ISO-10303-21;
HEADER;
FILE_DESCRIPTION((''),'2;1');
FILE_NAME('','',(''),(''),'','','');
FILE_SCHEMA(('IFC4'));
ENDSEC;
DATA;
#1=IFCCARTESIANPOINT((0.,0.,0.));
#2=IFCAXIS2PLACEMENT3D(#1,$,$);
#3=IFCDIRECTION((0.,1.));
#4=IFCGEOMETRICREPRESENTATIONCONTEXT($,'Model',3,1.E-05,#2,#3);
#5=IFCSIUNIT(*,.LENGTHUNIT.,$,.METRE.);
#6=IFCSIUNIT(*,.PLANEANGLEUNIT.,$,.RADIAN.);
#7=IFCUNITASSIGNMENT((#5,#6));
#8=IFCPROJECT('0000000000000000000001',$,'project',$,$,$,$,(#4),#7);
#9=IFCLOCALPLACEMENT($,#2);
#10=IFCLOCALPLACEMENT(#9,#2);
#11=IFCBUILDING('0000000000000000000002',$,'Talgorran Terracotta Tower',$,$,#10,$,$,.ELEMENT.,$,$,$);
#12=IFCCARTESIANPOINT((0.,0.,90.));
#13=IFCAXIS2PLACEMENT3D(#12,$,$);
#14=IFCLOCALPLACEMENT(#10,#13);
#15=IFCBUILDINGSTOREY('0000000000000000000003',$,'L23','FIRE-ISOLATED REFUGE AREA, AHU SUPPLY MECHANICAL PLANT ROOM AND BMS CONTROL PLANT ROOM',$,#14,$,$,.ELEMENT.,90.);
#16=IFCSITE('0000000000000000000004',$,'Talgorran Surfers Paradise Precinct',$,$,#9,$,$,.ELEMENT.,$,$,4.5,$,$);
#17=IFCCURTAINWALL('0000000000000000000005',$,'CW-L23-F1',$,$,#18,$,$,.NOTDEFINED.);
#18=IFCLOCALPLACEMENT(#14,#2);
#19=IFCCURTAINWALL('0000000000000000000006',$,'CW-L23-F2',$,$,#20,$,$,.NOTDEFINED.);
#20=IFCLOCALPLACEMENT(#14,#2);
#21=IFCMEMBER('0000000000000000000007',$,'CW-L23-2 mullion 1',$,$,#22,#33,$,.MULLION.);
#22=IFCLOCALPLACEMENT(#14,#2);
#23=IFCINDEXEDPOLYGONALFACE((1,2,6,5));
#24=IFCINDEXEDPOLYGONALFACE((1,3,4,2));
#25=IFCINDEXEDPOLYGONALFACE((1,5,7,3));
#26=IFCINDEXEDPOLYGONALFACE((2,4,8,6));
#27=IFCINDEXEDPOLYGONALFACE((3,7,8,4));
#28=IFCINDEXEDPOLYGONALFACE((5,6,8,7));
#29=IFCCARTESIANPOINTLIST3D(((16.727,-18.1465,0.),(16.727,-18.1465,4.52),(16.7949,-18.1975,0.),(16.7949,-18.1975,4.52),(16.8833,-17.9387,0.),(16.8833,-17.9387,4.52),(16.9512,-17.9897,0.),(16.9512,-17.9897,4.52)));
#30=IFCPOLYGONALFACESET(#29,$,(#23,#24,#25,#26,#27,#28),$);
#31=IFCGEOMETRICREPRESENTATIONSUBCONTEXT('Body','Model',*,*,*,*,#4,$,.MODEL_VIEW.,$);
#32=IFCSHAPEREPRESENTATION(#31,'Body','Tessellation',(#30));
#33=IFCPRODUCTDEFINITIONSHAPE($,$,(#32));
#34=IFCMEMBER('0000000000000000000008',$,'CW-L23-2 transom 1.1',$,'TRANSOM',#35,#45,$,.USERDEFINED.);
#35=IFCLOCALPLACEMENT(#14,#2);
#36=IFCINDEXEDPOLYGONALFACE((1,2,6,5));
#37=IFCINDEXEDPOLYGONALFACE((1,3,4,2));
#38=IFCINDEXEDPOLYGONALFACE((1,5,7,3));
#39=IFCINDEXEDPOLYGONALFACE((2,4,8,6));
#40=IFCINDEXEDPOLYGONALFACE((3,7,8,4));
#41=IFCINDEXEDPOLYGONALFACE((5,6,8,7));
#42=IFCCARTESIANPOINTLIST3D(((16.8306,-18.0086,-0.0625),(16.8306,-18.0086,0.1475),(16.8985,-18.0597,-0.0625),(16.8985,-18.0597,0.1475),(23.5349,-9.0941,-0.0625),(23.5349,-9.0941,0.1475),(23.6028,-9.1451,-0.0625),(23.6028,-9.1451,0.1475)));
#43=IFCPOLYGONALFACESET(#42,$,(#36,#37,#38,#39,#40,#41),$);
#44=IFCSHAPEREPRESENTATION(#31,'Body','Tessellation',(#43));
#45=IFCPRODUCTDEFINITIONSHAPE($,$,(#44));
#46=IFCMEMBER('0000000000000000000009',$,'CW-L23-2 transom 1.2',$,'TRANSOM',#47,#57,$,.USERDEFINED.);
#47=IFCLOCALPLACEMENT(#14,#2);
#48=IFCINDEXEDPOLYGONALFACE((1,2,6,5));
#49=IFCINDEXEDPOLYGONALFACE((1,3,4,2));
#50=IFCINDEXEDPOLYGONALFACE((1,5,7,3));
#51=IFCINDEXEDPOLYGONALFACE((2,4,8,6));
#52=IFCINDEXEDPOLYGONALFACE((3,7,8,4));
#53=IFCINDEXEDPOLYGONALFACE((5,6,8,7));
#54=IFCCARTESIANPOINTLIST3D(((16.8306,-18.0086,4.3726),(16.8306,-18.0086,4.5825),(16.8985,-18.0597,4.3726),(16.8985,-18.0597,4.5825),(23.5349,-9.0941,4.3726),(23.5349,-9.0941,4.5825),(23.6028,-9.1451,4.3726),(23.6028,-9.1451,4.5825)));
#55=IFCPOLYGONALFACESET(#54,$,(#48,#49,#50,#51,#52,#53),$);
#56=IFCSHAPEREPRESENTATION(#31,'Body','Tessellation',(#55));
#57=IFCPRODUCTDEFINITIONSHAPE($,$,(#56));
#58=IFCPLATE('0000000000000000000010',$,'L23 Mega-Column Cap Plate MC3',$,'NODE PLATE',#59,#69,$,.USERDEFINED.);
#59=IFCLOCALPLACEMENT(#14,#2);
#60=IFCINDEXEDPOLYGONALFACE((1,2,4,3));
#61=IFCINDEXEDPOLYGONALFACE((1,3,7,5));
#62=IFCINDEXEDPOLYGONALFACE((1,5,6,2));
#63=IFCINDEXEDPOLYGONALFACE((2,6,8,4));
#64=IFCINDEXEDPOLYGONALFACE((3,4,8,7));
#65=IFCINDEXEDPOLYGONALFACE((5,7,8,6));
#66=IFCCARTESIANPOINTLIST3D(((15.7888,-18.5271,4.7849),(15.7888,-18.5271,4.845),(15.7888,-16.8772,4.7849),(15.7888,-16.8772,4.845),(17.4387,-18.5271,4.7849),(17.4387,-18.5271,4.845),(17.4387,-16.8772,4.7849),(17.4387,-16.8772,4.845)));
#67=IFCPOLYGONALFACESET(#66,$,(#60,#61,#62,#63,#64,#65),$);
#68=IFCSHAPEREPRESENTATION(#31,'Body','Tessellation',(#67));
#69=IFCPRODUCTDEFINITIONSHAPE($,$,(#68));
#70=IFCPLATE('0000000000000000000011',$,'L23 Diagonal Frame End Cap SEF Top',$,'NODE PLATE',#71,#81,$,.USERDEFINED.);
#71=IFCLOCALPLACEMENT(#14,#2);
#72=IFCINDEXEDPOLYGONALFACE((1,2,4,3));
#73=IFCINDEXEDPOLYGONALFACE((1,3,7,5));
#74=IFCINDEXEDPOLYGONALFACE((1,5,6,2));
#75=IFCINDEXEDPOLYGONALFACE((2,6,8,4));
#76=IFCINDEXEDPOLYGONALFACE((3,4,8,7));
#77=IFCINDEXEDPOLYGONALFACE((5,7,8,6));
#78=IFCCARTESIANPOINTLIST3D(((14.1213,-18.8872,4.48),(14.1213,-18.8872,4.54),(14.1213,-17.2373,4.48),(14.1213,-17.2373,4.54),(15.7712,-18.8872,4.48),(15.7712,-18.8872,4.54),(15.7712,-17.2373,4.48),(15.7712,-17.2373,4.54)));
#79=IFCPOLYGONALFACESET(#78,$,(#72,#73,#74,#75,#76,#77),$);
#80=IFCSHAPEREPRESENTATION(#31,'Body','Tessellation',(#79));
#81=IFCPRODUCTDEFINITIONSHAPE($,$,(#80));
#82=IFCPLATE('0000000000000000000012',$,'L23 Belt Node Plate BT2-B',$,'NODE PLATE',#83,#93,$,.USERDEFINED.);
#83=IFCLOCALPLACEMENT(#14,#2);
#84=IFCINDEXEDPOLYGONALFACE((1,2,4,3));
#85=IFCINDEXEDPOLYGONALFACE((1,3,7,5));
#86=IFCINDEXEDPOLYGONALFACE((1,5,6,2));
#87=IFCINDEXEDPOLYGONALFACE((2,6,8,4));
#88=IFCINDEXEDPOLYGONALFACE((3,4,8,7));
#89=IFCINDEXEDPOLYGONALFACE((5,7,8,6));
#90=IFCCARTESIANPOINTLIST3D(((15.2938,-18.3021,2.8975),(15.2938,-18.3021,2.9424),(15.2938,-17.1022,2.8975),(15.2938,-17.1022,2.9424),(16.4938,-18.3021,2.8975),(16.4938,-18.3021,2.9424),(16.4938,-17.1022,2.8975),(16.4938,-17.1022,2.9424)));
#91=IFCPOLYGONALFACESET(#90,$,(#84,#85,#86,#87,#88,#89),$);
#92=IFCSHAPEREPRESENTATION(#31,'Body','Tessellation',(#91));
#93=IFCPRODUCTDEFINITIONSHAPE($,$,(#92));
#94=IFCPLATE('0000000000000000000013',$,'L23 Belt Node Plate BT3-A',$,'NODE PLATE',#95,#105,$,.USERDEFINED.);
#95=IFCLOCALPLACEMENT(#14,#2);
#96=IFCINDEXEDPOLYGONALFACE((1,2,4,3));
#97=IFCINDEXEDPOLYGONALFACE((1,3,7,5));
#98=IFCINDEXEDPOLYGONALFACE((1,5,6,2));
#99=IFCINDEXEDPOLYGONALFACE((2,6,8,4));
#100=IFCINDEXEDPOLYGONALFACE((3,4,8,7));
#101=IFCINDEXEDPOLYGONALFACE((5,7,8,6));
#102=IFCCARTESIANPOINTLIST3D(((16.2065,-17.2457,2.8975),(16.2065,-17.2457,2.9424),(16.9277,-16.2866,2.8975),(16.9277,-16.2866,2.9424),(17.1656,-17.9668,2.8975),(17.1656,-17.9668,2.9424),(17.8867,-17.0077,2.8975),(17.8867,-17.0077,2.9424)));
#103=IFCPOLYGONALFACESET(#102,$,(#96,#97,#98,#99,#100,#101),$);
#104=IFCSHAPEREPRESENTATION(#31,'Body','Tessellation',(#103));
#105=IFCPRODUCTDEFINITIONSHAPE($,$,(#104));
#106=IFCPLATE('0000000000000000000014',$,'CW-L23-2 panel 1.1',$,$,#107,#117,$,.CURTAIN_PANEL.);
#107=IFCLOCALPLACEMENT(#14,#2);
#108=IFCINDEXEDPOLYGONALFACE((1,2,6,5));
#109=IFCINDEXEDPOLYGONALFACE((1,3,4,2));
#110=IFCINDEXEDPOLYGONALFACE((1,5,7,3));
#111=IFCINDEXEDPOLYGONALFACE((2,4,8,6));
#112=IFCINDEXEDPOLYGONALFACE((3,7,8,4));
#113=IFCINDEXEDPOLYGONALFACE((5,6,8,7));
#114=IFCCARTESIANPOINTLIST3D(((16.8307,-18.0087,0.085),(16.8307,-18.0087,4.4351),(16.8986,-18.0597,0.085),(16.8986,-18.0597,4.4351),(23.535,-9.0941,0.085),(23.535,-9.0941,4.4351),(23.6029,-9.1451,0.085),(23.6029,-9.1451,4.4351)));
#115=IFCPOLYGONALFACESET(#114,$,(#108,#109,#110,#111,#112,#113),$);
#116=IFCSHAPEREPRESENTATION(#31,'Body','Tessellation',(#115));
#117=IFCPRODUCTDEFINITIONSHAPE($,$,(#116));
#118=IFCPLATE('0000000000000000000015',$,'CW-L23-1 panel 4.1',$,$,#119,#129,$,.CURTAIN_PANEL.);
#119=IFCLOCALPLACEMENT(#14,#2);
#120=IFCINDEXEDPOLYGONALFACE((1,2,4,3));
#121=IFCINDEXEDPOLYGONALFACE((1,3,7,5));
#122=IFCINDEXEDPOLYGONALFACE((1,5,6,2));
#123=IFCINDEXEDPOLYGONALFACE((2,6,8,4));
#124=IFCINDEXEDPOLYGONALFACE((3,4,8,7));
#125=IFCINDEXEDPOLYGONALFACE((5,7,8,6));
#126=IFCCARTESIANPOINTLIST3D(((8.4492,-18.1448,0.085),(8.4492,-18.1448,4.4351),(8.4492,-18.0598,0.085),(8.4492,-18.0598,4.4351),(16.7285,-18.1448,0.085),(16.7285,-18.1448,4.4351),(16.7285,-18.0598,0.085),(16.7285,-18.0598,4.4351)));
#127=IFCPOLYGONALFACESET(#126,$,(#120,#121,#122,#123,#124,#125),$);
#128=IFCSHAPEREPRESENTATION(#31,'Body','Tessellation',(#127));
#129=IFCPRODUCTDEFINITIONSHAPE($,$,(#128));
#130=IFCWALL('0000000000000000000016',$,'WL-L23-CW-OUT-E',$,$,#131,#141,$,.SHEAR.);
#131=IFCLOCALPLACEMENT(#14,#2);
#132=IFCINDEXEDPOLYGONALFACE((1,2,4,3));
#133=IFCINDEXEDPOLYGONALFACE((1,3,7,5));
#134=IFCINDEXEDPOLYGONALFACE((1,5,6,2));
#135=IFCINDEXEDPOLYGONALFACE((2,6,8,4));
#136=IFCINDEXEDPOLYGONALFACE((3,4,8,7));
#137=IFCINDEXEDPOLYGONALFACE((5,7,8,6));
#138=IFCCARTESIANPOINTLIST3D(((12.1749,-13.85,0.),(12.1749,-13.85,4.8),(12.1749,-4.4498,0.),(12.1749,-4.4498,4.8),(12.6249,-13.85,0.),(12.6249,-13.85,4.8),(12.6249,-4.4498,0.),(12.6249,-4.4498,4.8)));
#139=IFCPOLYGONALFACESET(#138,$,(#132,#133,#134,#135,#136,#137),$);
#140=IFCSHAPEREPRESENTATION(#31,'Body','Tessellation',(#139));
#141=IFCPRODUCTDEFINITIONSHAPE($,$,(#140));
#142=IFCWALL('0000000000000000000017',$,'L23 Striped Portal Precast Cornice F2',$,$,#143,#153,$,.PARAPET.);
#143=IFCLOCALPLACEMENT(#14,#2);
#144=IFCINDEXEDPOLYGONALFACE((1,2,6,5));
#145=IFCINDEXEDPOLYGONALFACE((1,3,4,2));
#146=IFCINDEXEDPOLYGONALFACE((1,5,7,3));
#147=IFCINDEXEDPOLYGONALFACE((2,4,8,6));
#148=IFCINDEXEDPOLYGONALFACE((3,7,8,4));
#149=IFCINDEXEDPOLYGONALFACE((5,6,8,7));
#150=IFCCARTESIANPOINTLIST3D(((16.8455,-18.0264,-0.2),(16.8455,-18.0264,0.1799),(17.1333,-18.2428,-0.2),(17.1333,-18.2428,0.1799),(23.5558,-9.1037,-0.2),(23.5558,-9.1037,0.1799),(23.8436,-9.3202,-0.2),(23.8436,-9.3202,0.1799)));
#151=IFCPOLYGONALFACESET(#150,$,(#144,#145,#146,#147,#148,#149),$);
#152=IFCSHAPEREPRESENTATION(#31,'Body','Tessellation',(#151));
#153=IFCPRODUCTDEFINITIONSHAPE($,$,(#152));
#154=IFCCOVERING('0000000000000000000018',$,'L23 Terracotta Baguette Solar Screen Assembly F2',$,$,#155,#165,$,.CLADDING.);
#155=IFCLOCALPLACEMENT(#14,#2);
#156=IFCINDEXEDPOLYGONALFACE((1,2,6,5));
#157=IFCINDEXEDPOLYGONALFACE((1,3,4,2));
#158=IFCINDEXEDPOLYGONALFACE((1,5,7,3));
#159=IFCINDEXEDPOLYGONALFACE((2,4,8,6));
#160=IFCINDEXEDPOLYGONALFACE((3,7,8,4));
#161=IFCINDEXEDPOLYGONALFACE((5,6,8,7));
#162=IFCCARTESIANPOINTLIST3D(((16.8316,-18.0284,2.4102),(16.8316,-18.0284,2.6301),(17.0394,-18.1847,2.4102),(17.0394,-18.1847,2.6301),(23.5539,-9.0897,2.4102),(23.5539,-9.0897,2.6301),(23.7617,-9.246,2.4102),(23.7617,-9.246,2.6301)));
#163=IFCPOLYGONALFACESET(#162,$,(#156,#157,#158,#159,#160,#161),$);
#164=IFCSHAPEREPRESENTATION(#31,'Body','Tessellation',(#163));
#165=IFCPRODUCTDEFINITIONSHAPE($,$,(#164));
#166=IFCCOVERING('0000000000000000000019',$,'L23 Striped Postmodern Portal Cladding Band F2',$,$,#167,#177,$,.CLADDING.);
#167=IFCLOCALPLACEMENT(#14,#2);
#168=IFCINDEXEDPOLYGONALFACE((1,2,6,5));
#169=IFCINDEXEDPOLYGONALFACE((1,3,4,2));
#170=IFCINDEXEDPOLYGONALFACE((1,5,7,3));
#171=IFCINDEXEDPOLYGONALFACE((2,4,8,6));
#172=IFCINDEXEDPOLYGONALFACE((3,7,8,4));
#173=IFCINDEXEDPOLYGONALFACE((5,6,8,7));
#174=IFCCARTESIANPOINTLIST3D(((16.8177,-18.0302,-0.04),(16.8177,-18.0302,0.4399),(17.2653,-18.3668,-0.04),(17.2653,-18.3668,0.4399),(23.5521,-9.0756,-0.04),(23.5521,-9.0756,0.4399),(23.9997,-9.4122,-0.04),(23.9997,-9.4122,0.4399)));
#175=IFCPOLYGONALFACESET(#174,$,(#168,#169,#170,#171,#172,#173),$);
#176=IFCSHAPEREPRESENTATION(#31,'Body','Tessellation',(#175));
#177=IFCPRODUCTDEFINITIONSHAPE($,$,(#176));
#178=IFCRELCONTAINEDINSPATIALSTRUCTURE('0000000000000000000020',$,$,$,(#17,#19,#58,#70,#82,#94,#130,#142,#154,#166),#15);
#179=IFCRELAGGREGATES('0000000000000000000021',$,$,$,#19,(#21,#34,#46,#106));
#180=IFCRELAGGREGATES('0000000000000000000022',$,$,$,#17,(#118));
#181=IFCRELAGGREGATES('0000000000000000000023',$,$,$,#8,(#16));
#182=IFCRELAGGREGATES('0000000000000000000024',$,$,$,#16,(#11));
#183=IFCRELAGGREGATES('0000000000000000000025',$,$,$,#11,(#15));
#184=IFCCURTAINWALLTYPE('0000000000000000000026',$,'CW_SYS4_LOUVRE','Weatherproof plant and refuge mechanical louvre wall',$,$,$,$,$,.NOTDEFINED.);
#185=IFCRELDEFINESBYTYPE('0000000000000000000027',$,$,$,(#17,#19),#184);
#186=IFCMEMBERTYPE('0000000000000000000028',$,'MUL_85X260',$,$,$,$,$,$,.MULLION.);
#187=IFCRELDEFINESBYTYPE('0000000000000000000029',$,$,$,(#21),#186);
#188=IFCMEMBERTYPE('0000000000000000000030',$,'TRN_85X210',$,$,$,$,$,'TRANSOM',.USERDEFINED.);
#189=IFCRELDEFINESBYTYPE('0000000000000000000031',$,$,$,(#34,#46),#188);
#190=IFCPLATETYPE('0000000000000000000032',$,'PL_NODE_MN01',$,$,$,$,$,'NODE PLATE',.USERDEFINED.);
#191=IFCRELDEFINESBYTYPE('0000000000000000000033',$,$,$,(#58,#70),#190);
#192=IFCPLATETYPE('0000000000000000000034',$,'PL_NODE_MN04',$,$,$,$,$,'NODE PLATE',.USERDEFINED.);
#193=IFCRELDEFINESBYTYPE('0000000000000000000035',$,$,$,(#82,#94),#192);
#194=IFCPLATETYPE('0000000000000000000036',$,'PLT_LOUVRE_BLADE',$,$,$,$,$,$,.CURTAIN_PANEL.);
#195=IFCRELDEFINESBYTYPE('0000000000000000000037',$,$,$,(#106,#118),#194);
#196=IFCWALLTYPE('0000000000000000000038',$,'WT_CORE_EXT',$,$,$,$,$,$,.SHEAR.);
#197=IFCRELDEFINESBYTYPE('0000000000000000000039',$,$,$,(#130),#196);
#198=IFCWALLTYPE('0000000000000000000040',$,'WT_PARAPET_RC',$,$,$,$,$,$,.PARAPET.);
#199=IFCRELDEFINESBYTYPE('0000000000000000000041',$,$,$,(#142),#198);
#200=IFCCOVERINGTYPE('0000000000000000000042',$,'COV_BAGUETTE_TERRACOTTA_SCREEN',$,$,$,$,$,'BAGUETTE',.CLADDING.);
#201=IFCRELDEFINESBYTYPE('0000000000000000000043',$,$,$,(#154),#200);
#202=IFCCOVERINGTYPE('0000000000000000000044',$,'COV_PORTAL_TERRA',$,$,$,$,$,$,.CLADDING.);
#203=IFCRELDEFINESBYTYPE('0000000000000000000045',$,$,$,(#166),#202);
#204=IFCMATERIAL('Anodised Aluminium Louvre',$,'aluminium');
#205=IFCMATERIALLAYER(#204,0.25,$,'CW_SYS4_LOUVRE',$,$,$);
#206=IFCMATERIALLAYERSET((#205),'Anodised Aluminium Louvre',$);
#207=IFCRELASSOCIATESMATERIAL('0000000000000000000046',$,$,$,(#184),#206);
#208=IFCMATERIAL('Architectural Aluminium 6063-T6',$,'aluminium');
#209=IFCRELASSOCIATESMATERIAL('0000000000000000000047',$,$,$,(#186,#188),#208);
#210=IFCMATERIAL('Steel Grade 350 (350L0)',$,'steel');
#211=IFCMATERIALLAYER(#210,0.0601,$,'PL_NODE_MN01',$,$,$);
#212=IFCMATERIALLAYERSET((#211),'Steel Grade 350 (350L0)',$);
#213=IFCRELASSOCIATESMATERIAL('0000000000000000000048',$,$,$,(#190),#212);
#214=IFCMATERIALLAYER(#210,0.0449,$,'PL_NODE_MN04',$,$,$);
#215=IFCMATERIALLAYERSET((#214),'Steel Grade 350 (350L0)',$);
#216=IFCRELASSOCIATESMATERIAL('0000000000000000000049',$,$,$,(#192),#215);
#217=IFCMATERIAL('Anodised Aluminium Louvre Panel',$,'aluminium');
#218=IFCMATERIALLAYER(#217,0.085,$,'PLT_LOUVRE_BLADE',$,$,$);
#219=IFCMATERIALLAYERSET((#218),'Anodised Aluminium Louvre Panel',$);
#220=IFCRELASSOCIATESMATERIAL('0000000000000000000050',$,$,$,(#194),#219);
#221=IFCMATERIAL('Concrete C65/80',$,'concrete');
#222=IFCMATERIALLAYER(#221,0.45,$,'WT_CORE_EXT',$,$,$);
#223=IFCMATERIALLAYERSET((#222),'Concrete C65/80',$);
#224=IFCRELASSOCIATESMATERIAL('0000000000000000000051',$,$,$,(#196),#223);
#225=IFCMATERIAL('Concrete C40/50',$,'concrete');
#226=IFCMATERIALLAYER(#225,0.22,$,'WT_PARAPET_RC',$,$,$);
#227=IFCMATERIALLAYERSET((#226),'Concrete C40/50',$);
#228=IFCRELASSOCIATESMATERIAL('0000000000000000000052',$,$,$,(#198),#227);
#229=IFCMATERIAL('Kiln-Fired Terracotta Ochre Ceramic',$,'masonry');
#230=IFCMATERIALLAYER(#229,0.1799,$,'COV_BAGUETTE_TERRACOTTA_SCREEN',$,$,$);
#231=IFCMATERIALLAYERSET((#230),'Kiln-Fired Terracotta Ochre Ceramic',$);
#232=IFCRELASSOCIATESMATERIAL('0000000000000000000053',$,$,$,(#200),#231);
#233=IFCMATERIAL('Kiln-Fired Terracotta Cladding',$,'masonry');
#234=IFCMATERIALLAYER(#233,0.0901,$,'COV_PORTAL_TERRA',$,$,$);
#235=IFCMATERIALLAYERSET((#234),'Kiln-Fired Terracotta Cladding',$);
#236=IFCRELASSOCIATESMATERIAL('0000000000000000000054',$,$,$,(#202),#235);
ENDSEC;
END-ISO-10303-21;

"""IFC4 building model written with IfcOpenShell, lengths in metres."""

from ifc_helpers import new_model, si_unit, direction, frame, frame_2d, origin, origin_2d, place, context, subcontext, project, spatial, rectangle, extrude, source, transform, mapped, material, layer, layer_set, material_profile, profile_set, type_object, type_shapes, element, aggregate, save


model = new_model("IFC4")

# Units and contexts
model_context = context("Model", 3, precision=1e-05, world=origin(), true_north=direction((0.0, 1.0)))
body_context = subcontext(model_context, "Body", "Model", "MODEL_VIEW")
ifc_project = project(units=[si_unit("LENGTHUNIT", "METRE"), si_unit("PLANEANGLEUNIT", "RADIAN")], contexts=[model_context])

# Site, building, storey
site_placement = place(None, origin())
site = spatial("IfcSite", under=ifc_project, at=site_placement, Name="Talgorran Surfers Paradise Precinct", CompositionType="ELEMENT", RefElevation=4.5)
building_placement = place(site_placement, origin())
building = spatial("IfcBuilding", under=site, at=building_placement, Name="Talgorran Terracotta Tower", CompositionType="ELEMENT")
storey_placement = place(building_placement, frame((0.0, 0.0, 90.0)))
storey = spatial("IfcBuildingStorey", under=building, at=storey_placement, Name="L23", Description="FIRE-ISOLATED REFUGE AREA, AHU SUPPLY MECHANICAL PLANT ROOM AND BMS CONTROL PLANT ROOM", CompositionType="ELEMENT", Elevation=90.0)

# Shared definitions
ifc_material_1 = material(Name="Steel Grade 350 (350L0)", Category="steel")

# Curtain wall
ifc_material_2 = material(Name="Anodised Aluminium Louvre", Category="aluminium")
ifc_layer_1 = layer(ifc_material_2, 0.25, Name="CW_SYS4_LOUVRE")
ifc_layer_set_1 = layer_set([ifc_layer_1], Name="Anodised Aluminium Louvre")
curtain_wall_type = type_object("IfcCurtainWallType", Name="CW_SYS4_LOUVRE", Description="Weatherproof plant and refuge mechanical louvre wall", PredefinedType="NOTDEFINED", material=ifc_layer_set_1)
curtain_wall_1_placement = place(storey_placement, origin())
curtain_wall_1 = element("IfcCurtainWall", 1, at=curtain_wall_1_placement, inside=storey, type_object=curtain_wall_type, Name="CW-L23-F1", PredefinedType="NOTDEFINED")
ifc_material_3 = material(Name="Architectural Aluminium 6063-T6", Category="aluminium")
ifc_material_profile_1 = material_profile(ifc_material_3, rectangle(XDim=0.085, YDim=0.26, at=origin_2d()), Name="CWM85X260")
ifc_profile_set_1 = profile_set([ifc_material_profile_1], Name="Architectural Aluminium 6063-T6")
member_type_1 = type_object("IfcMemberType", Name="MUL_85X260", PredefinedType="MULLION", material=ifc_profile_set_1)

# Curtain wall, members
curtain_wall_2_placement = place(storey_placement, origin())
curtain_wall_2 = element("IfcCurtainWall", 2, at=curtain_wall_2_placement, inside=storey, type_object=curtain_wall_type, Name="CW-L23-F2", PredefinedType="NOTDEFINED")
member_1_placement = place(storey_placement, frame((16.8391, -18.0681, 0.0), z_axis=(0.0, 0.0, 1.0), x_axis=(-0.79921, 0.601052, 0.0)))
member_1 = element("IfcMember", 3, at=member_1_placement, type_object=member_type_1, Name="CW-L23-2 mullion 1", PredefinedType="MULLION", context=body_context, shape_type="SweptSolid", body=[
    extrude(rectangle(XDim=0.085, YDim=0.26, at=origin_2d()), origin(), (0.0, 0.0, 1.0), 4.52),
])
ifc_material_profile_2 = material_profile(ifc_material_3, rectangle(XDim=0.085, YDim=0.21, at=origin_2d()), Name="CWT85X210")
ifc_profile_set_2 = profile_set([ifc_material_profile_2], Name="Architectural Aluminium 6063-T6")
member_type_2 = type_object("IfcMemberType", Name="TRN_85X210", ElementType="TRANSOM", PredefinedType="USERDEFINED", material=ifc_profile_set_2)
member_2_placement = place(storey_placement, frame((16.8645, -18.0342, 0.0425), z_axis=(0.601057, 0.799206, 0.0), x_axis=(-0.799206, 0.601057, 0.0)))
member_2 = element("IfcMember", 4, at=member_2_placement, type_object=member_type_2, Name="CW-L23-2 transom 1.1", ObjectType="TRANSOM", PredefinedType="USERDEFINED", context=body_context, shape_type="SweptSolid", body=[
    extrude(rectangle(XDim=0.085, YDim=0.21, at=origin_2d()), origin(), (0.0, 0.0, 1.0), 11.1543),
])
member_3_placement = place(storey_placement, frame((16.8645, -18.0342, 4.4775), z_axis=(0.601057, 0.799206, 0.0), x_axis=(-0.799206, 0.601057, 0.0)))
member_3 = element("IfcMember", 5, at=member_3_placement, type_object=member_type_2, Name="CW-L23-2 transom 1.2", ObjectType="TRANSOM", PredefinedType="USERDEFINED", context=body_context, shape_type="SweptSolid", body=[
    extrude(rectangle(XDim=0.085, YDim=0.21, at=origin_2d()), origin(), (0.0, 0.0, 1.0), 11.1543),
])

# Plates
ifc_layer_2 = layer(ifc_material_1, 0.0601, Name="PL_NODE_MN01")
ifc_layer_set_2 = layer_set([ifc_layer_2], Name="Steel Grade 350 (350L0)")
plate_type_1 = type_object("IfcPlateType", Name="PL_NODE_MN01", ElementType="NODE PLATE", PredefinedType="USERDEFINED", material=ifc_layer_set_2)
for number, where, z_axis, x_axis, name in (
    (6, (16.6138, -17.7021, 4.7849), (0.0, 0.0, 1.0), (1.0, 0.0, 0.0), "L23 Mega-Column Cap Plate MC3"),
    (7, (14.9463, -18.0623, 4.48), (0.0, 0.0, 1.0), (1.0, 0.0, 0.0), "L23 Diagonal Frame End Cap SEF Top"),
):
    element("IfcPlate", number, at=place(storey_placement, frame(where, z_axis=z_axis, x_axis=x_axis)), inside=storey, type_object=plate_type_1, Name=name, ObjectType="NODE PLATE", PredefinedType="USERDEFINED", context=body_context, shape_type="SweptSolid", body=[
        extrude(rectangle(XDim=1.6499, YDim=1.6499, at=origin_2d()), origin(), (0.0, 0.0, 1.0), 0.0601),
    ])
ifc_layer_3 = layer(ifc_material_1, 0.0449, Name="PL_NODE_MN04")
ifc_layer_set_3 = layer_set([ifc_layer_3], Name="Steel Grade 350 (350L0)")
plate_type_2 = type_object("IfcPlateType", Name="PL_NODE_MN04", ElementType="NODE PLATE", PredefinedType="USERDEFINED", material=ifc_layer_set_3)
for number, where, z_axis, x_axis, name in (
    (8, (15.8938, -17.7021, 2.8975), (0.0, 0.0, 1.0), (1.0, 0.0, 0.0), "L23 Belt Node Plate BT2-B"),
    (9, (17.0466, -17.1267, 2.8975), (0.0, 0.0, 1.0), (0.600978, 0.799265, 0.0), "L23 Belt Node Plate BT3-A"),
):
    element("IfcPlate", number, at=place(storey_placement, frame(where, z_axis=z_axis, x_axis=x_axis)), inside=storey, type_object=plate_type_2, Name=name, ObjectType="NODE PLATE", PredefinedType="USERDEFINED", context=body_context, shape_type="SweptSolid", body=[
        extrude(rectangle(XDim=1.2, YDim=1.2, at=origin_2d()), origin(), (0.0, 0.0, 1.0), 0.0449),
    ])

# Plates
ifc_material_4 = material(Name="Anodised Aluminium Louvre Panel", Category="aluminium")
ifc_layer_4 = layer(ifc_material_4, 0.085, Name="PLT_LOUVRE_BLADE")
ifc_layer_set_4 = layer_set([ifc_layer_4], Name="Anodised Aluminium Louvre Panel")
plate_type_3 = type_object("IfcPlateType", Name="PLT_LOUVRE_BLADE", PredefinedType="CURTAIN_PANEL", material=ifc_layer_set_4)
shared_shape_1 = source(origin(), body_context, "Body", "SweptSolid", [
    extrude(rectangle(XDim=11.1543, YDim=0.085, at=origin_2d()), origin(), (0.0, 0.0, 1.0), 4.3501),
])
plate_1_placement = place(storey_placement, frame((20.2168, -13.5769, 0.085), z_axis=(0.0, 0.0, 1.0), x_axis=(0.601052, 0.79921, 0.0)))
plate_1 = element("IfcPlate", 10, at=plate_1_placement, type_object=plate_type_3, Name="CW-L23-2 panel 1.1", PredefinedType="CURTAIN_PANEL", context=body_context, shape_type="MappedRepresentation", body=[
    mapped(shared_shape_1, transform((0.0, 0.0, 0.0), scale=1.0)),
])
aggregate(curtain_wall_2, [member_1, member_2, member_3, plate_1])
shared_shape_2 = source(origin(), body_context, "Body", "SweptSolid", [
    extrude(rectangle(XDim=8.2793, YDim=0.085, at=origin_2d()), origin(), (0.0, 0.0, 1.0), 4.3501),
])
type_shapes(plate_type_3, [shared_shape_1, shared_shape_2])
plate_2_placement = place(storey_placement, frame((12.5889, -18.1023, 0.085), z_axis=(0.0, 0.0, 1.0), x_axis=(1.0, 0.0, 0.0)))
plate_2 = element("IfcPlate", 11, at=plate_2_placement, type_object=plate_type_3, Name="CW-L23-1 panel 4.1", PredefinedType="CURTAIN_PANEL", context=body_context, shape_type="MappedRepresentation", body=[
    mapped(shared_shape_2, transform((0.0, 0.0, 0.0), scale=1.0)),
])
aggregate(curtain_wall_1, [plate_2])

# Walls
ifc_material_5 = material(Name="Concrete C65/80", Category="concrete")
ifc_layer_5 = layer(ifc_material_5, 0.45, Name="WT_CORE_EXT")
ifc_layer_set_5 = layer_set([ifc_layer_5], Name="Concrete C65/80")
wall_type_1 = type_object("IfcWallType", Name="WT_CORE_EXT", PredefinedType="SHEAR", material=ifc_layer_set_5)
wall_1_placement = place(storey_placement, frame((12.3999, -13.8501, 0.0), z_axis=(0.0, 0.0, 1.0), x_axis=(0.0, 1.0, 0.0)))
element("IfcWall", 12, at=wall_1_placement, inside=storey, type_object=wall_type_1, Name="WL-L23-CW-OUT-E", PredefinedType="SHEAR", context=body_context, shape_type="SweptSolid", body=[
    extrude(rectangle(XDim=9.4001, YDim=0.45, at=frame_2d((4.7002, 0.0))), origin(), (0.0, 0.0, 1.0), 4.8),
])
ifc_material_6 = material(Name="Concrete C40/50", Category="concrete")
ifc_layer_6 = layer(ifc_material_6, 0.22, Name="WT_PARAPET_RC")
ifc_layer_set_6 = layer_set([ifc_layer_6], Name="Concrete C40/50")
wall_type_2 = type_object("IfcWallType", Name="WT_PARAPET_RC", PredefinedType="PARAPET", material=ifc_layer_set_6)
wall_2_placement = place(storey_placement, frame((16.9895, -18.1345, -0.2), z_axis=(0.0, 0.0, 1.0), x_axis=(0.601046, 0.799215, 0.0)))
element("IfcWall", 13, at=wall_2_placement, inside=storey, type_object=wall_type_2, Name="L23 Striped Portal Precast Cornice F2", PredefinedType="PARAPET", context=body_context, shape_type="SweptSolid", body=[
    extrude(rectangle(XDim=11.1643, YDim=0.3601, at=frame_2d((5.582, 0.0))), origin(), (0.0, 0.0, 1.0), 0.3799),
])

# Coverings
ifc_material_7 = material(Name="Kiln-Fired Terracotta Ochre Ceramic", Category="masonry")
ifc_layer_7 = layer(ifc_material_7, 0.1799, Name="COV_BAGUETTE_TERRACOTTA_SCREEN")
ifc_layer_set_7 = layer_set([ifc_layer_7], Name="Kiln-Fired Terracotta Ochre Ceramic")
covering_type_1 = type_object("IfcCoveringType", Name="COV_BAGUETTE_TERRACOTTA_SCREEN", ElementType="BAGUETTE", PredefinedType="CLADDING", material=ifc_layer_set_7)
covering_1_placement = place(storey_placement, frame((20.2966, -13.6372, 2.4102), z_axis=(0.0, 0.0, 1.0), x_axis=(0.601048, 0.799213, 0.0)))
element("IfcCovering", 14, at=covering_1_placement, inside=storey, type_object=covering_type_1, Name="L23 Terracotta Baguette Solar Screen Assembly F2", PredefinedType="CLADDING", context=body_context, shape_type="SweptSolid", body=[
    extrude(rectangle(XDim=11.1843, YDim=0.26, at=origin_2d()), origin(), (0.0, 0.0, 1.0), 0.22),
])
ifc_material_8 = material(Name="Kiln-Fired Terracotta Cladding", Category="masonry")
ifc_layer_8 = layer(ifc_material_8, 0.0901, Name="COV_PORTAL_TERRA")
ifc_layer_set_8 = layer_set([ifc_layer_8], Name="Kiln-Fired Terracotta Cladding")
covering_type_2 = type_object("IfcCoveringType", Name="COV_PORTAL_TERRA", PredefinedType="CLADDING", material=ifc_layer_set_8)
covering_2_placement = place(storey_placement, frame((20.4087, -13.7212, -0.04), z_axis=(0.0, 0.0, 1.0), x_axis=(0.601048, 0.799213, 0.0)))
element("IfcCovering", 15, at=covering_2_placement, inside=storey, type_object=covering_type_2, Name="L23 Striped Postmodern Portal Cladding Band F2", PredefinedType="CLADDING", context=body_context, shape_type="SweptSolid", body=[
    extrude(rectangle(XDim=11.2043, YDim=0.5601, at=origin_2d()), origin(), (0.0, 0.0, 1.0), 0.48),
])

save(model, "model.ifc")
